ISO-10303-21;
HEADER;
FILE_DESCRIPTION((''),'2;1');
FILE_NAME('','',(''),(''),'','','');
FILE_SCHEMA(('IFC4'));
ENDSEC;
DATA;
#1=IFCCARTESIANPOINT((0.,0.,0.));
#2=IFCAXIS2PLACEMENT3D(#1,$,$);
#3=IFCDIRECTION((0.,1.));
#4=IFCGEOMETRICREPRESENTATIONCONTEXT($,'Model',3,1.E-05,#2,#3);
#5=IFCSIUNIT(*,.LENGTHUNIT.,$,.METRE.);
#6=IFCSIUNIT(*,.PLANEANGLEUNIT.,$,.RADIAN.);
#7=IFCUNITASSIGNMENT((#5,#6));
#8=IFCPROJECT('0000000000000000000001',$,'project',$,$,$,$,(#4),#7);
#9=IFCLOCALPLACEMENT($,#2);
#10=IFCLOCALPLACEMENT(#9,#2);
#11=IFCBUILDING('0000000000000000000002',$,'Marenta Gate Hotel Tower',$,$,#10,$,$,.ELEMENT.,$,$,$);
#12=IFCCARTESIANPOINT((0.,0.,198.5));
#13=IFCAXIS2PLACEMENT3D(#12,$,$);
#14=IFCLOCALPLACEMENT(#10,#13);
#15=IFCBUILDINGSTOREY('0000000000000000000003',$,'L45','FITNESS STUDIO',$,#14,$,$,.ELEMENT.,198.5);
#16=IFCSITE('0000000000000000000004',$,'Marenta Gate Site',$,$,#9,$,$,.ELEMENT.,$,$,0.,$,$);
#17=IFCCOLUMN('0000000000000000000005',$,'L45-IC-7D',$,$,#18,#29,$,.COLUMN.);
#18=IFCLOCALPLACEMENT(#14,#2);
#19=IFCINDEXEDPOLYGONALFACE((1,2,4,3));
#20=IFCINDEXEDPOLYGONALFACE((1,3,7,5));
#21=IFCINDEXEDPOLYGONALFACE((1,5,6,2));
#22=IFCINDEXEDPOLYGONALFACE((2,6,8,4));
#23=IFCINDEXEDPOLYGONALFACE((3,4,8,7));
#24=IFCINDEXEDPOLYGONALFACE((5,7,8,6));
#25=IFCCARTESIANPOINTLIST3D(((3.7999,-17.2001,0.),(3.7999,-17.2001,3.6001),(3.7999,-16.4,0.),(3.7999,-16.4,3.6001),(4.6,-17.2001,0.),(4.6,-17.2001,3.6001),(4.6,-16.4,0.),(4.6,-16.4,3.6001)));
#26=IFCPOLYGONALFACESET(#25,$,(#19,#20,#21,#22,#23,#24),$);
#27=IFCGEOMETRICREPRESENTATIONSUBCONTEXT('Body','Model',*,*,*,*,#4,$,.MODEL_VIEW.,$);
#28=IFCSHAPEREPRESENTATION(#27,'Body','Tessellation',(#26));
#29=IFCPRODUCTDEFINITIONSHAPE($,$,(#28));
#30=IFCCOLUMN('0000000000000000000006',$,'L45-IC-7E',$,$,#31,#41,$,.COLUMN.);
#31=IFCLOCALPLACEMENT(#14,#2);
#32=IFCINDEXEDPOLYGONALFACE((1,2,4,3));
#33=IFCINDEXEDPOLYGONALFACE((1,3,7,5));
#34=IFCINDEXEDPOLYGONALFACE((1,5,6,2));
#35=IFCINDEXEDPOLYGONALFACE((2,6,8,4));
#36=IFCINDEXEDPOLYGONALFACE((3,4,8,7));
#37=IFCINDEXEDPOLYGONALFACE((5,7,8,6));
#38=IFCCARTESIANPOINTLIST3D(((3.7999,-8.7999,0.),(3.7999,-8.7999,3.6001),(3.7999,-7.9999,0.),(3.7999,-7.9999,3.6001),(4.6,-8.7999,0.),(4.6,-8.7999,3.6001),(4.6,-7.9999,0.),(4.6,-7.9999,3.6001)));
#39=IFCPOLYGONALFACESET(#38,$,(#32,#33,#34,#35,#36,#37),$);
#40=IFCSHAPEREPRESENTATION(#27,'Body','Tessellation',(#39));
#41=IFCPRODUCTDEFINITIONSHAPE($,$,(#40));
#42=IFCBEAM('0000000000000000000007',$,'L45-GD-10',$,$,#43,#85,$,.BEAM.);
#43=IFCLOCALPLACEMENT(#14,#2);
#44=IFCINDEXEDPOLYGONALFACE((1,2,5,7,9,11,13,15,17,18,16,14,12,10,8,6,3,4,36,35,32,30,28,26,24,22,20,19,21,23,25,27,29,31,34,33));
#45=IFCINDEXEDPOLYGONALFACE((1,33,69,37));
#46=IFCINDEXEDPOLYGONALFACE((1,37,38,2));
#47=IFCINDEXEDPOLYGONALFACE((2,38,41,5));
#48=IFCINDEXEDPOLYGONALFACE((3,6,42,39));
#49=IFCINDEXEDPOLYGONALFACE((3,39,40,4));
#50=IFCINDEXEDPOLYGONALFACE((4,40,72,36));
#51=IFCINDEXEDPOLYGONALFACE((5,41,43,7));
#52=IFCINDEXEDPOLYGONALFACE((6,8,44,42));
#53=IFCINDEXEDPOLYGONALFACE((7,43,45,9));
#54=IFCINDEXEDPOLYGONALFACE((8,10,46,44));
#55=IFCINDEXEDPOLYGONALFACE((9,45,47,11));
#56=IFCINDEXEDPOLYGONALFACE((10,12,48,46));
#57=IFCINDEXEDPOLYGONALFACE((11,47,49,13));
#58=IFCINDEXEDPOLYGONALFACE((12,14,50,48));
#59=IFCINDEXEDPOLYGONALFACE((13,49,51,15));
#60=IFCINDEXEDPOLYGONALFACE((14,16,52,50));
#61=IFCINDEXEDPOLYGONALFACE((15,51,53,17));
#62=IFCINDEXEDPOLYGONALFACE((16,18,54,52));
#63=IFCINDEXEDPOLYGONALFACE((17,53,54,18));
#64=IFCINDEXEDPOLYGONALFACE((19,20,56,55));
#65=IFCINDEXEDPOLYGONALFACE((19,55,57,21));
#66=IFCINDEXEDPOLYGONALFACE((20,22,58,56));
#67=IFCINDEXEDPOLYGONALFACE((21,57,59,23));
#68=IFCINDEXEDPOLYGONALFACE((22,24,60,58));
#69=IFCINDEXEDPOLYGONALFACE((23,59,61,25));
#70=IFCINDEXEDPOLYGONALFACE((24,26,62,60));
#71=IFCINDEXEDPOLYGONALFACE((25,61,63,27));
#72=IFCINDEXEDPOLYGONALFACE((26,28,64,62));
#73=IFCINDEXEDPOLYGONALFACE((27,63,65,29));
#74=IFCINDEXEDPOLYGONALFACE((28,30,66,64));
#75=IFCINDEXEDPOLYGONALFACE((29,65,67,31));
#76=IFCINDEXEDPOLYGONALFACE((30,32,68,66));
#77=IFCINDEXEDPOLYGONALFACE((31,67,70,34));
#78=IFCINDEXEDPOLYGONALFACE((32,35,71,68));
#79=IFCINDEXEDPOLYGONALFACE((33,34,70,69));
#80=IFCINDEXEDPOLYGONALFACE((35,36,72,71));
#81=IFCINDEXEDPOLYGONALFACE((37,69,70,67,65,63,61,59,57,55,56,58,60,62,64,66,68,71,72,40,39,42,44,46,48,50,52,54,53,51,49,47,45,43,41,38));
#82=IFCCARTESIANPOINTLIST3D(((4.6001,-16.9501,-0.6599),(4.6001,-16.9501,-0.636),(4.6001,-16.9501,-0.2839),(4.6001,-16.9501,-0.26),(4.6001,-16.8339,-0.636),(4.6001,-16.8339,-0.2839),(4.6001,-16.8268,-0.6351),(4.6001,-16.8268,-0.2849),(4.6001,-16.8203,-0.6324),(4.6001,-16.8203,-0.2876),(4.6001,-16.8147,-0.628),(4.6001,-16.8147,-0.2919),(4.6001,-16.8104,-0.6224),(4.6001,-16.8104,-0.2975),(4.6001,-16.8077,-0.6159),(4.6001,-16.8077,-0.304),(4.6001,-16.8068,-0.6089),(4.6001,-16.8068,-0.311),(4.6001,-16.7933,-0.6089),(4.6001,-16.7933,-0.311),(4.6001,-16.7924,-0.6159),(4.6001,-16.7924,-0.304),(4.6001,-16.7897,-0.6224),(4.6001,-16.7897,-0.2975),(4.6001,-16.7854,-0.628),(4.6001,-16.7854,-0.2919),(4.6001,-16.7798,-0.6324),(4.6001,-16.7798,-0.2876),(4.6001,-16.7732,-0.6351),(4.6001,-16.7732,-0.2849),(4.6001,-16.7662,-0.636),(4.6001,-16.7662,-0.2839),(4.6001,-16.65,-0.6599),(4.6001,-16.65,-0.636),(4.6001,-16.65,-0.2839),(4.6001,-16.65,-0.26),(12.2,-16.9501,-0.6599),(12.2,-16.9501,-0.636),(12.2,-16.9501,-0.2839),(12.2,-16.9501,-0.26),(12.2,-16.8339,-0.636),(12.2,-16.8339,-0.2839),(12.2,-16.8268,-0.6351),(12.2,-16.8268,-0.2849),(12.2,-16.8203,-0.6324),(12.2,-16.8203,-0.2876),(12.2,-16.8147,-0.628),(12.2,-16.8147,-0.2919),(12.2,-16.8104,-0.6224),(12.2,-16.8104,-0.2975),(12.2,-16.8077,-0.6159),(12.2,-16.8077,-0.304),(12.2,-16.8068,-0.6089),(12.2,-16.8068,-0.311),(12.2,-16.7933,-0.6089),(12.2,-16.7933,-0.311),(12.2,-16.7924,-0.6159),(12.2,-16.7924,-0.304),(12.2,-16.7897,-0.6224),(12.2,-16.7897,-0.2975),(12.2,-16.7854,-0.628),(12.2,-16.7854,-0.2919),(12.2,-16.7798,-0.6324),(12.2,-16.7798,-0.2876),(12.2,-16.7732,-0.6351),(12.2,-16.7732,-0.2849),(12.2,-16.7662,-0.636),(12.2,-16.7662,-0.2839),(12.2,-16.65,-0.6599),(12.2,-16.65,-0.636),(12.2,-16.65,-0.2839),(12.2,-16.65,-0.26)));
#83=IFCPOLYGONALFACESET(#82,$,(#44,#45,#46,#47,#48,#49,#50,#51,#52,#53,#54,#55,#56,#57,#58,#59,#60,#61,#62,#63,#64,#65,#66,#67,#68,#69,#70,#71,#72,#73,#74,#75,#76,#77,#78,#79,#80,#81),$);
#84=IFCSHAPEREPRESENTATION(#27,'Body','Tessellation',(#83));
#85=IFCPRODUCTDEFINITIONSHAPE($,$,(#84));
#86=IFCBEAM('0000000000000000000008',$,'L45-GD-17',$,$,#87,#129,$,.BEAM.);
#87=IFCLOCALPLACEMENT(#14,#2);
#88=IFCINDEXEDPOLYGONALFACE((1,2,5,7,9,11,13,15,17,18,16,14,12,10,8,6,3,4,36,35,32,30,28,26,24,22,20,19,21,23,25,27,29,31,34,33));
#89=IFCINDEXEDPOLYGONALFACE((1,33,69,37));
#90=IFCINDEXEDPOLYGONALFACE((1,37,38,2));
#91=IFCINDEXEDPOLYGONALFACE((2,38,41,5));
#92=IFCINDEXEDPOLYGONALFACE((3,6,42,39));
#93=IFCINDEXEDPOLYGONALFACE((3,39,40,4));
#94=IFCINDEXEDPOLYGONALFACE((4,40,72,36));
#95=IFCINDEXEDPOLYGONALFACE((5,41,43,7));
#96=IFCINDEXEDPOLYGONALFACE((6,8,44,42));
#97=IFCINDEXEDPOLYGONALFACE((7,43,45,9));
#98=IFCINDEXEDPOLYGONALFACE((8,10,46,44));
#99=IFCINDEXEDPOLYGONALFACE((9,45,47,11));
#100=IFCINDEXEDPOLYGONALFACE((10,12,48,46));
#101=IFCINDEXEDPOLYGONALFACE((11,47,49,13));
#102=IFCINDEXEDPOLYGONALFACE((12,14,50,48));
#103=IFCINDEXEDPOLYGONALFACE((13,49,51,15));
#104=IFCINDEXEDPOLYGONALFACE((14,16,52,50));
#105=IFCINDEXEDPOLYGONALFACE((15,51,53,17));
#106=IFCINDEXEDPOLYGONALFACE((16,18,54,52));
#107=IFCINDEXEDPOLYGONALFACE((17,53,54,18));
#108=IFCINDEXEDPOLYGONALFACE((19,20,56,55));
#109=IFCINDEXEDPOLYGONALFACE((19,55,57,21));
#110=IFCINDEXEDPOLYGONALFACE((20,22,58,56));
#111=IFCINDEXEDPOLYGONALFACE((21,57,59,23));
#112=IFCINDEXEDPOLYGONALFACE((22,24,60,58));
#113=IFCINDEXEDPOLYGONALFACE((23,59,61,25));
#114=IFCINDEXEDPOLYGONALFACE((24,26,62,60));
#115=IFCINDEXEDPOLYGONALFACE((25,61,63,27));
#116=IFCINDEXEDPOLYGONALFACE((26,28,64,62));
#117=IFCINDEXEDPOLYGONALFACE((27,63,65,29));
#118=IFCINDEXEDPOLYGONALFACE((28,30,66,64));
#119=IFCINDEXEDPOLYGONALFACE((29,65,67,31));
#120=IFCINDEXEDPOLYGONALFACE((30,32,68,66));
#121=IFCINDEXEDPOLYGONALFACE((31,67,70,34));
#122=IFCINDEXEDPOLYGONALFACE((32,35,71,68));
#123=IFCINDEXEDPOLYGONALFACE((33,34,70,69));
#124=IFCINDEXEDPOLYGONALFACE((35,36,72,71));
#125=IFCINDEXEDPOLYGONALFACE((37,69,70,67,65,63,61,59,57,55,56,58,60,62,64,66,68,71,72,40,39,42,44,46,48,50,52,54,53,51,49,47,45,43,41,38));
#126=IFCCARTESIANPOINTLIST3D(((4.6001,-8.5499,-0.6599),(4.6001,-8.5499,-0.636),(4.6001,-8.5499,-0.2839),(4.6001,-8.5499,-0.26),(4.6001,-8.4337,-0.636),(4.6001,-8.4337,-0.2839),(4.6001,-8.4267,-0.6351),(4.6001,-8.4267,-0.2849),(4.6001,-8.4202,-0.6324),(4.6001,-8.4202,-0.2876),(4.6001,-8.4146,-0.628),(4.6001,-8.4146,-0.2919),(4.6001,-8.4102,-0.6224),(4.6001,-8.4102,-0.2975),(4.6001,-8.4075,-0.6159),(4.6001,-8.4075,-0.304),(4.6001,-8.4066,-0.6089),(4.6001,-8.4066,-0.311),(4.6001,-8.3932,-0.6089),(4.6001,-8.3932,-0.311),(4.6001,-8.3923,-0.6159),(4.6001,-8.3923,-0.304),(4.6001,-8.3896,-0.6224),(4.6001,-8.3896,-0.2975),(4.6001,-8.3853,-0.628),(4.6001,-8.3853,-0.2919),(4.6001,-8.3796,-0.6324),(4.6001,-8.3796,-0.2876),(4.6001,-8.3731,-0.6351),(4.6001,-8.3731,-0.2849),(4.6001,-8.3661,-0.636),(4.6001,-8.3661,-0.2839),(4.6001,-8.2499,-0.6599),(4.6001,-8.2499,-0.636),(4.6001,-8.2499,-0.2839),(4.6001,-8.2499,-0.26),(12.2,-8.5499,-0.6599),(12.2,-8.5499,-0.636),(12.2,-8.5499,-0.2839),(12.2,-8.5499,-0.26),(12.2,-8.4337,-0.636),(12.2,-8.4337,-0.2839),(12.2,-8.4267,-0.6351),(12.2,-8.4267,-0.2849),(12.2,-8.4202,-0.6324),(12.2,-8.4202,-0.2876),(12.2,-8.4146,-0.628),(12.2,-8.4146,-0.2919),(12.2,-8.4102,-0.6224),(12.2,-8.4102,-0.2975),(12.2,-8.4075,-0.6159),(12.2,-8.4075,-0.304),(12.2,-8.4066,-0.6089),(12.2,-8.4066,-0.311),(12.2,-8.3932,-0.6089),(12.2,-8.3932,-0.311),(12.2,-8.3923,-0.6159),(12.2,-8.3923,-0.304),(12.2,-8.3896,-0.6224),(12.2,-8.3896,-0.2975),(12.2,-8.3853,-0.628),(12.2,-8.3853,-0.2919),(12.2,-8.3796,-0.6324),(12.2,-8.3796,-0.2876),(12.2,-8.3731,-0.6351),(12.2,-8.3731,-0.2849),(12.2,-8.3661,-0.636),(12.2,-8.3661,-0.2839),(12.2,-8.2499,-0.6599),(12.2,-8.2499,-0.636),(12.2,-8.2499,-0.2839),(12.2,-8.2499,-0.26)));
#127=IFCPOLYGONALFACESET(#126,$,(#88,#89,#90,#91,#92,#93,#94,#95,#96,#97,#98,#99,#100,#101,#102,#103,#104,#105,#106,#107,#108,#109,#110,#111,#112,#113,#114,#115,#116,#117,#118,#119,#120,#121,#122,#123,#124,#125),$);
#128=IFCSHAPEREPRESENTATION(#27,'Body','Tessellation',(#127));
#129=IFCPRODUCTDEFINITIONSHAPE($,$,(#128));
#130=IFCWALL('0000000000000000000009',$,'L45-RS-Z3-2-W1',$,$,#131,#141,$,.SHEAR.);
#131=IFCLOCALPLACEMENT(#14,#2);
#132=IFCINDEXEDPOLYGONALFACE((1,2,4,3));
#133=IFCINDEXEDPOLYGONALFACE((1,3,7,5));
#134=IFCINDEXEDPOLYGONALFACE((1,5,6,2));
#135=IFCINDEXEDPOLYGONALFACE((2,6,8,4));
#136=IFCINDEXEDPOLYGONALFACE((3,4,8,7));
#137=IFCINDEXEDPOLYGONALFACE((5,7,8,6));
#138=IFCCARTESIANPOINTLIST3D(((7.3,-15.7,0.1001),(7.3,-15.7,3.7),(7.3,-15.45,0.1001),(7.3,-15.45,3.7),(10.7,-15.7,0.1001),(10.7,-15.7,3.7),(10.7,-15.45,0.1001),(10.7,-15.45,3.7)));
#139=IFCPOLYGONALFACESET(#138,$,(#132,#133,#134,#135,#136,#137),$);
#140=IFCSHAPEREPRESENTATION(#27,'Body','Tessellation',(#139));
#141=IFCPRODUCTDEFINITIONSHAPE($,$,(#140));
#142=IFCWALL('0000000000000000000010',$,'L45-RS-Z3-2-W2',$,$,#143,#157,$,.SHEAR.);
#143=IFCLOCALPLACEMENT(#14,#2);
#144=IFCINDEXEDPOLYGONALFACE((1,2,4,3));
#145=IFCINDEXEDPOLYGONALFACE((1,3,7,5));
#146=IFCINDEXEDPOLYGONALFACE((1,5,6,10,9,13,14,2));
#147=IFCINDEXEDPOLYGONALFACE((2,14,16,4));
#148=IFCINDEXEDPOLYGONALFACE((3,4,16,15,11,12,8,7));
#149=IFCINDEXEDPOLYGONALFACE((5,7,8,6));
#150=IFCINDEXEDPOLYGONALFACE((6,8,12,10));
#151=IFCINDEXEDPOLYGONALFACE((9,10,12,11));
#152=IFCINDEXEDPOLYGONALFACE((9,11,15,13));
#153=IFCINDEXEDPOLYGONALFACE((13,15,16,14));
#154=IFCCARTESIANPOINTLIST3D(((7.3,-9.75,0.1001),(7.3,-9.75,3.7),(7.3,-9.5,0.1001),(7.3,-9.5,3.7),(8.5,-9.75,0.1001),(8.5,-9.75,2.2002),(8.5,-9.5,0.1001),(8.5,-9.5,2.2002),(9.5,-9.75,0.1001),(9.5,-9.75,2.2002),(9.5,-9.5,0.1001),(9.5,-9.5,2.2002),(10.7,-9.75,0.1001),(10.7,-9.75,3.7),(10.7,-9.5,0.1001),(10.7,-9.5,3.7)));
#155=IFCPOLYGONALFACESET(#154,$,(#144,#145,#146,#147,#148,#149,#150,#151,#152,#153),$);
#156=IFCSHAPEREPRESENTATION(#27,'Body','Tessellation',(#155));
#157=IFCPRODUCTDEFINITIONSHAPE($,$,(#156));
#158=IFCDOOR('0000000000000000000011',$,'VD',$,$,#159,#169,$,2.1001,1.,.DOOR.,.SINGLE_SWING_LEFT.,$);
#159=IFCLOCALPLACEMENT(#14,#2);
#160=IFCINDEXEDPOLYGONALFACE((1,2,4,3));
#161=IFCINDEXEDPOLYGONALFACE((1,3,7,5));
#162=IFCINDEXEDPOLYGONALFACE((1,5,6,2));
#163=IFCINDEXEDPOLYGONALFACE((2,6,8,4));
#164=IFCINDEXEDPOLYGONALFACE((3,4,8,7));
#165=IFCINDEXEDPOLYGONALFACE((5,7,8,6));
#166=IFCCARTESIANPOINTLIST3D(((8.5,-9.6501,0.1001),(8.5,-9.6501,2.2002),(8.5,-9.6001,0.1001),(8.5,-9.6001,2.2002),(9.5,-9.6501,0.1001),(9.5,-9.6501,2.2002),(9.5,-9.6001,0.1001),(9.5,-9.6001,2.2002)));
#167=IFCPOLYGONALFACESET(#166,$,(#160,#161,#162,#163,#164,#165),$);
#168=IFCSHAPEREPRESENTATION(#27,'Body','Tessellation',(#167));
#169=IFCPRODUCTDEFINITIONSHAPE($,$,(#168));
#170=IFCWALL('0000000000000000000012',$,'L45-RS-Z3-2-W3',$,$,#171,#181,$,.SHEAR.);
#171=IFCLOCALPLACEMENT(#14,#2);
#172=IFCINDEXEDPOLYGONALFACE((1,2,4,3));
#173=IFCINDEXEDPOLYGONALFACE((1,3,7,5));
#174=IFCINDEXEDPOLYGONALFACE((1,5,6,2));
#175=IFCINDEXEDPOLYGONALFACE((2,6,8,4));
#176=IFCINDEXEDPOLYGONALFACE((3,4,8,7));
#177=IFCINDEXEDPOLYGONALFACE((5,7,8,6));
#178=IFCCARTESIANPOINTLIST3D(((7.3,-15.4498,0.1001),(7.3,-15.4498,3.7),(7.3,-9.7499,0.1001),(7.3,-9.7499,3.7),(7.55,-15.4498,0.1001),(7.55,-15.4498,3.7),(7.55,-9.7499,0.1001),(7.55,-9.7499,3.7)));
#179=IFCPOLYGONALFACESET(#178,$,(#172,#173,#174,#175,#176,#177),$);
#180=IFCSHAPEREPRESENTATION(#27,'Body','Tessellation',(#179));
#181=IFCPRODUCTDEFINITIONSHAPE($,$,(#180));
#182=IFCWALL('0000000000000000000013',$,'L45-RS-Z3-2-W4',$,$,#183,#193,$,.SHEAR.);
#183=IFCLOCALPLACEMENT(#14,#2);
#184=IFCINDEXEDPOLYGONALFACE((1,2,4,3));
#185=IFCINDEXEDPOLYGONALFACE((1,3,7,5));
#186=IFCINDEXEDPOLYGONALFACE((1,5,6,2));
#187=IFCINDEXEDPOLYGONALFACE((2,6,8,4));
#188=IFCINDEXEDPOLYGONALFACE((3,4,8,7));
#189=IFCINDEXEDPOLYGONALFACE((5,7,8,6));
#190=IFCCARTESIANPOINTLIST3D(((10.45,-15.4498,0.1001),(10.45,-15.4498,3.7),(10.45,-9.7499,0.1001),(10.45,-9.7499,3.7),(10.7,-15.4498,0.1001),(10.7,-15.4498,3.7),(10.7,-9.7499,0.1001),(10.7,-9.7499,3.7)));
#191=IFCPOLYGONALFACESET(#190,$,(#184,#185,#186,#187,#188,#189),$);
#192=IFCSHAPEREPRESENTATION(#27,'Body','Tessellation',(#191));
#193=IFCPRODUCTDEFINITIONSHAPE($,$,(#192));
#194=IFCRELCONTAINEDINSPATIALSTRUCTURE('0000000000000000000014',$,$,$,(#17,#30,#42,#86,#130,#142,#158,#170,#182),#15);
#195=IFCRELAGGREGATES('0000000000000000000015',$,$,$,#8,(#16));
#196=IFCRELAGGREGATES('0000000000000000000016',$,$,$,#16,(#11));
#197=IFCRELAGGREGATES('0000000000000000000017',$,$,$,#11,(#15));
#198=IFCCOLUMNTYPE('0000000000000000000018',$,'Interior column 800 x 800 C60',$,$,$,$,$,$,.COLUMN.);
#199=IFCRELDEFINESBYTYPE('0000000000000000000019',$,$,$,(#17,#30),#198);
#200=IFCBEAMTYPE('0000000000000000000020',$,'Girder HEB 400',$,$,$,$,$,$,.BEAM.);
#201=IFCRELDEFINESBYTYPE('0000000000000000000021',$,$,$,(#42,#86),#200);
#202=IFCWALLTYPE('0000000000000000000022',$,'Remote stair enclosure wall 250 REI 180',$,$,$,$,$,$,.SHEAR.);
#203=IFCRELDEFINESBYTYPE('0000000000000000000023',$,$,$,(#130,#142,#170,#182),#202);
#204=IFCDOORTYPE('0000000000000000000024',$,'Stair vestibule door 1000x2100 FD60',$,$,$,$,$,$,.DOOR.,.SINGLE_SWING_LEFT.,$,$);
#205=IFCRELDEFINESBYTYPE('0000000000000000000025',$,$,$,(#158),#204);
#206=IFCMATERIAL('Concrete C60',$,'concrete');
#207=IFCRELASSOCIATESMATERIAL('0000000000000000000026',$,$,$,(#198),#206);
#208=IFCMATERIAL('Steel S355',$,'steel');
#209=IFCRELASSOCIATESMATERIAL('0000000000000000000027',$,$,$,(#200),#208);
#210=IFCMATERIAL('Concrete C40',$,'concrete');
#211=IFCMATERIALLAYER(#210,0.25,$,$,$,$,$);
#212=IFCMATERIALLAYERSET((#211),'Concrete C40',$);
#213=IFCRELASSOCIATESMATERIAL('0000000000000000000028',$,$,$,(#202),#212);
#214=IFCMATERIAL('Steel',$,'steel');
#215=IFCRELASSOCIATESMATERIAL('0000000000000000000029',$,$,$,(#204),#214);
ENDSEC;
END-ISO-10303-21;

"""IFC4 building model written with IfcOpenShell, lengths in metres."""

from ifc_helpers import new_model, si_unit, direction, frame, frame_2d, origin, origin_2d, place, context, subcontext, project, spatial, rectangle, i_section, extrude, material, layer, layer_set, material_profile, profile_set, type_object, element, fill, save


model = new_model("IFC4")

# Units and contexts
model_context = context("Model", 3, precision=1e-05, world=origin(), true_north=direction((0.0, 1.0)))
body_context = subcontext(model_context, "Body", "Model", "MODEL_VIEW")
ifc_project = project(units=[si_unit("LENGTHUNIT", "METRE"), si_unit("PLANEANGLEUNIT", "RADIAN")], contexts=[model_context])

# Site, building, storey
site_placement = place(None, origin())
site = spatial("IfcSite", under=ifc_project, at=site_placement, Name="Marenta Gate Site", CompositionType="ELEMENT", RefElevation=0.0)
building_placement = place(site_placement, origin())
building = spatial("IfcBuilding", under=site, at=building_placement, Name="Marenta Gate Hotel Tower", CompositionType="ELEMENT")
storey_placement = place(building_placement, frame((0.0, 0.0, 198.5)))
storey = spatial("IfcBuildingStorey", under=building, at=storey_placement, Name="L45", Description="FITNESS STUDIO", CompositionType="ELEMENT", Elevation=198.5)

# Columns
ifc_material_1 = material(Name="Concrete C60", Category="concrete")
ifc_material_profile_1 = material_profile(ifc_material_1, rectangle(XDim=0.8, YDim=0.8, at=origin_2d()), Name="800 x 800")
ifc_profile_set_1 = profile_set([ifc_material_profile_1], Name="Concrete C60")
column_type = type_object("IfcColumnType", Name="Interior column 800 x 800 C60", PredefinedType="COLUMN", material=ifc_profile_set_1)
for number, where, z_axis, x_axis, name in (
    (1, (4.2, -16.8, 0.0), (0.0, 0.0, 1.0), (1.0, 0.0, 0.0), "L45-IC-7D"),
    (2, (4.2, -8.3999, 0.0), (0.0, 0.0, 1.0), (1.0, 0.0, 0.0), "L45-IC-7E"),
):
    element("IfcColumn", number, at=place(storey_placement, frame(where, z_axis=z_axis, x_axis=x_axis)), inside=storey, type_object=column_type, Name=name, PredefinedType="COLUMN", context=body_context, shape_type="SweptSolid", body=[
        extrude(rectangle(XDim=0.8, YDim=0.8, at=origin_2d()), origin(), (0.0, 0.0, 1.0), 3.6001),
    ])

# Beams
ifc_material_2 = material(Name="Steel S355", Category="steel")
ifc_material_profile_2 = material_profile(ifc_material_2, i_section(OverallWidth=0.3, OverallDepth=0.3999, WebThickness=0.0134, FlangeThickness=0.0239, FilletRadius=0.0271, at=origin_2d()), Name="HEB 400")
ifc_profile_set_2 = profile_set([ifc_material_profile_2], Name="Steel S355")
beam_type = type_object("IfcBeamType", Name="Girder HEB 400", PredefinedType="BEAM", material=ifc_profile_set_2)
for number, where, z_axis, x_axis, name in (
    (3, (4.6001, -16.8, -0.46), (1.0, 0.0, 0.0), (0.0, 1.0, 0.0), "L45-GD-10"),
    (4, (4.6001, -8.3999, -0.46), (1.0, 0.0, 0.0), (0.0, 1.0, 0.0), "L45-GD-17"),
):
    element("IfcBeam", number, at=place(storey_placement, frame(where, z_axis=z_axis, x_axis=x_axis)), inside=storey, type_object=beam_type, Name=name, PredefinedType="BEAM", context=body_context, shape_type="SweptSolid", body=[
        extrude(i_section(OverallWidth=0.3, OverallDepth=0.3999, WebThickness=0.0134, FlangeThickness=0.0239, FilletRadius=0.0271, at=origin_2d()), origin(), (0.0, 0.0, 1.0), 7.5999),
    ])

# Wall
ifc_material_3 = material(Name="Concrete C40", Category="concrete")
ifc_layer_1 = layer(ifc_material_3, 0.25)
ifc_layer_set_1 = layer_set([ifc_layer_1], Name="Concrete C40")
wall_type_1 = type_object("IfcWallType", Name="Remote stair enclosure wall 250 REI 180", PredefinedType="SHEAR", material=ifc_layer_set_1)
wall_1_placement = place(storey_placement, frame((7.3, -15.575, 0.1001), z_axis=(0.0, 0.0, 1.0), x_axis=(1.0, 0.0, 0.0)))
element("IfcWall", 5, at=wall_1_placement, inside=storey, type_object=wall_type_1, Name="L45-RS-Z3-2-W1", PredefinedType="SHEAR", context=body_context, shape_type="SweptSolid", body=[
    extrude(rectangle(XDim=3.3999, YDim=0.25, at=frame_2d((1.7, 0.0))), origin(), (0.0, 0.0, 1.0), 3.5999),
])

# Wall, opening, door
wall_2_placement = place(storey_placement, frame((7.3, -9.625, 0.1001), z_axis=(0.0, 0.0, 1.0), x_axis=(1.0, 0.0, 0.0)))
wall_2 = element("IfcWall", 6, at=wall_2_placement, inside=storey, type_object=wall_type_1, Name="L45-RS-Z3-2-W2", PredefinedType="SHEAR", context=body_context, shape_type="SweptSolid", body=[
    extrude(rectangle(XDim=3.3999, YDim=0.25, at=frame_2d((1.7, 0.0))), origin(), (0.0, 0.0, 1.0), 3.5999),
])
opening_1_placement = place(wall_2_placement, frame((1.2, 0.0, 0.0)))
opening_1 = element("IfcOpeningElement", 7, at=opening_1_placement, cuts=wall_2, PredefinedType="OPENING", context=body_context, shape_type="SweptSolid", body=[
    extrude(rectangle(XDim=1.0, YDim=2.1001, at=frame_2d((0.5, 1.05))), frame((0.0, 0.125, 0.0), z_axis=(0.0, -1.0, 0.0), x_axis=(1.0, 0.0, 0.0)), (0.0, 0.0, 1.0), 0.25),
])
ifc_material_4 = material(Name="Steel", Category="steel")
door_type_1 = type_object("IfcDoorType", Name="Stair vestibule door 1000x2100 FD60", OperationType="SINGLE_SWING_LEFT", PredefinedType="DOOR", material=ifc_material_4)
door_1_placement = place(opening_1_placement, origin())
door_1 = element("IfcDoor", 8, at=door_1_placement, inside=storey, type_object=door_type_1, Name="VD", OperationType="SINGLE_SWING_LEFT", OverallHeight=2.1001, OverallWidth=1.0, PredefinedType="DOOR", context=body_context, shape_type="SweptSolid", body=[
    extrude(rectangle(XDim=1.0, YDim=2.1001, at=frame_2d((0.5, 1.05))), frame((0.0, 0.0249, 0.0), z_axis=(0.0, -1.0, 0.0), x_axis=(1.0, 0.0, 0.0)), (0.0, 0.0, 1.0), 0.05),
])
fill(opening_1, door_1)

# Walls
for number, where, z_axis, x_axis, name in (
    (9, (7.425, -15.45, 0.1001), (0.0, 0.0, 1.0), (0.0, 1.0, 0.0), "L45-RS-Z3-2-W3"),
    (10, (10.575, -15.45, 0.1001), (0.0, 0.0, 1.0), (0.0, 1.0, 0.0), "L45-RS-Z3-2-W4"),
):
    element("IfcWall", number, at=place(storey_placement, frame(where, z_axis=z_axis, x_axis=x_axis)), inside=storey, type_object=wall_type_1, Name=name, PredefinedType="SHEAR", context=body_context, shape_type="SweptSolid", body=[
        extrude(rectangle(XDim=5.7, YDim=0.25, at=frame_2d((2.8501, 0.0))), origin(), (0.0, 0.0, 1.0), 3.5999),
    ])

save(model, "model.ifc")
